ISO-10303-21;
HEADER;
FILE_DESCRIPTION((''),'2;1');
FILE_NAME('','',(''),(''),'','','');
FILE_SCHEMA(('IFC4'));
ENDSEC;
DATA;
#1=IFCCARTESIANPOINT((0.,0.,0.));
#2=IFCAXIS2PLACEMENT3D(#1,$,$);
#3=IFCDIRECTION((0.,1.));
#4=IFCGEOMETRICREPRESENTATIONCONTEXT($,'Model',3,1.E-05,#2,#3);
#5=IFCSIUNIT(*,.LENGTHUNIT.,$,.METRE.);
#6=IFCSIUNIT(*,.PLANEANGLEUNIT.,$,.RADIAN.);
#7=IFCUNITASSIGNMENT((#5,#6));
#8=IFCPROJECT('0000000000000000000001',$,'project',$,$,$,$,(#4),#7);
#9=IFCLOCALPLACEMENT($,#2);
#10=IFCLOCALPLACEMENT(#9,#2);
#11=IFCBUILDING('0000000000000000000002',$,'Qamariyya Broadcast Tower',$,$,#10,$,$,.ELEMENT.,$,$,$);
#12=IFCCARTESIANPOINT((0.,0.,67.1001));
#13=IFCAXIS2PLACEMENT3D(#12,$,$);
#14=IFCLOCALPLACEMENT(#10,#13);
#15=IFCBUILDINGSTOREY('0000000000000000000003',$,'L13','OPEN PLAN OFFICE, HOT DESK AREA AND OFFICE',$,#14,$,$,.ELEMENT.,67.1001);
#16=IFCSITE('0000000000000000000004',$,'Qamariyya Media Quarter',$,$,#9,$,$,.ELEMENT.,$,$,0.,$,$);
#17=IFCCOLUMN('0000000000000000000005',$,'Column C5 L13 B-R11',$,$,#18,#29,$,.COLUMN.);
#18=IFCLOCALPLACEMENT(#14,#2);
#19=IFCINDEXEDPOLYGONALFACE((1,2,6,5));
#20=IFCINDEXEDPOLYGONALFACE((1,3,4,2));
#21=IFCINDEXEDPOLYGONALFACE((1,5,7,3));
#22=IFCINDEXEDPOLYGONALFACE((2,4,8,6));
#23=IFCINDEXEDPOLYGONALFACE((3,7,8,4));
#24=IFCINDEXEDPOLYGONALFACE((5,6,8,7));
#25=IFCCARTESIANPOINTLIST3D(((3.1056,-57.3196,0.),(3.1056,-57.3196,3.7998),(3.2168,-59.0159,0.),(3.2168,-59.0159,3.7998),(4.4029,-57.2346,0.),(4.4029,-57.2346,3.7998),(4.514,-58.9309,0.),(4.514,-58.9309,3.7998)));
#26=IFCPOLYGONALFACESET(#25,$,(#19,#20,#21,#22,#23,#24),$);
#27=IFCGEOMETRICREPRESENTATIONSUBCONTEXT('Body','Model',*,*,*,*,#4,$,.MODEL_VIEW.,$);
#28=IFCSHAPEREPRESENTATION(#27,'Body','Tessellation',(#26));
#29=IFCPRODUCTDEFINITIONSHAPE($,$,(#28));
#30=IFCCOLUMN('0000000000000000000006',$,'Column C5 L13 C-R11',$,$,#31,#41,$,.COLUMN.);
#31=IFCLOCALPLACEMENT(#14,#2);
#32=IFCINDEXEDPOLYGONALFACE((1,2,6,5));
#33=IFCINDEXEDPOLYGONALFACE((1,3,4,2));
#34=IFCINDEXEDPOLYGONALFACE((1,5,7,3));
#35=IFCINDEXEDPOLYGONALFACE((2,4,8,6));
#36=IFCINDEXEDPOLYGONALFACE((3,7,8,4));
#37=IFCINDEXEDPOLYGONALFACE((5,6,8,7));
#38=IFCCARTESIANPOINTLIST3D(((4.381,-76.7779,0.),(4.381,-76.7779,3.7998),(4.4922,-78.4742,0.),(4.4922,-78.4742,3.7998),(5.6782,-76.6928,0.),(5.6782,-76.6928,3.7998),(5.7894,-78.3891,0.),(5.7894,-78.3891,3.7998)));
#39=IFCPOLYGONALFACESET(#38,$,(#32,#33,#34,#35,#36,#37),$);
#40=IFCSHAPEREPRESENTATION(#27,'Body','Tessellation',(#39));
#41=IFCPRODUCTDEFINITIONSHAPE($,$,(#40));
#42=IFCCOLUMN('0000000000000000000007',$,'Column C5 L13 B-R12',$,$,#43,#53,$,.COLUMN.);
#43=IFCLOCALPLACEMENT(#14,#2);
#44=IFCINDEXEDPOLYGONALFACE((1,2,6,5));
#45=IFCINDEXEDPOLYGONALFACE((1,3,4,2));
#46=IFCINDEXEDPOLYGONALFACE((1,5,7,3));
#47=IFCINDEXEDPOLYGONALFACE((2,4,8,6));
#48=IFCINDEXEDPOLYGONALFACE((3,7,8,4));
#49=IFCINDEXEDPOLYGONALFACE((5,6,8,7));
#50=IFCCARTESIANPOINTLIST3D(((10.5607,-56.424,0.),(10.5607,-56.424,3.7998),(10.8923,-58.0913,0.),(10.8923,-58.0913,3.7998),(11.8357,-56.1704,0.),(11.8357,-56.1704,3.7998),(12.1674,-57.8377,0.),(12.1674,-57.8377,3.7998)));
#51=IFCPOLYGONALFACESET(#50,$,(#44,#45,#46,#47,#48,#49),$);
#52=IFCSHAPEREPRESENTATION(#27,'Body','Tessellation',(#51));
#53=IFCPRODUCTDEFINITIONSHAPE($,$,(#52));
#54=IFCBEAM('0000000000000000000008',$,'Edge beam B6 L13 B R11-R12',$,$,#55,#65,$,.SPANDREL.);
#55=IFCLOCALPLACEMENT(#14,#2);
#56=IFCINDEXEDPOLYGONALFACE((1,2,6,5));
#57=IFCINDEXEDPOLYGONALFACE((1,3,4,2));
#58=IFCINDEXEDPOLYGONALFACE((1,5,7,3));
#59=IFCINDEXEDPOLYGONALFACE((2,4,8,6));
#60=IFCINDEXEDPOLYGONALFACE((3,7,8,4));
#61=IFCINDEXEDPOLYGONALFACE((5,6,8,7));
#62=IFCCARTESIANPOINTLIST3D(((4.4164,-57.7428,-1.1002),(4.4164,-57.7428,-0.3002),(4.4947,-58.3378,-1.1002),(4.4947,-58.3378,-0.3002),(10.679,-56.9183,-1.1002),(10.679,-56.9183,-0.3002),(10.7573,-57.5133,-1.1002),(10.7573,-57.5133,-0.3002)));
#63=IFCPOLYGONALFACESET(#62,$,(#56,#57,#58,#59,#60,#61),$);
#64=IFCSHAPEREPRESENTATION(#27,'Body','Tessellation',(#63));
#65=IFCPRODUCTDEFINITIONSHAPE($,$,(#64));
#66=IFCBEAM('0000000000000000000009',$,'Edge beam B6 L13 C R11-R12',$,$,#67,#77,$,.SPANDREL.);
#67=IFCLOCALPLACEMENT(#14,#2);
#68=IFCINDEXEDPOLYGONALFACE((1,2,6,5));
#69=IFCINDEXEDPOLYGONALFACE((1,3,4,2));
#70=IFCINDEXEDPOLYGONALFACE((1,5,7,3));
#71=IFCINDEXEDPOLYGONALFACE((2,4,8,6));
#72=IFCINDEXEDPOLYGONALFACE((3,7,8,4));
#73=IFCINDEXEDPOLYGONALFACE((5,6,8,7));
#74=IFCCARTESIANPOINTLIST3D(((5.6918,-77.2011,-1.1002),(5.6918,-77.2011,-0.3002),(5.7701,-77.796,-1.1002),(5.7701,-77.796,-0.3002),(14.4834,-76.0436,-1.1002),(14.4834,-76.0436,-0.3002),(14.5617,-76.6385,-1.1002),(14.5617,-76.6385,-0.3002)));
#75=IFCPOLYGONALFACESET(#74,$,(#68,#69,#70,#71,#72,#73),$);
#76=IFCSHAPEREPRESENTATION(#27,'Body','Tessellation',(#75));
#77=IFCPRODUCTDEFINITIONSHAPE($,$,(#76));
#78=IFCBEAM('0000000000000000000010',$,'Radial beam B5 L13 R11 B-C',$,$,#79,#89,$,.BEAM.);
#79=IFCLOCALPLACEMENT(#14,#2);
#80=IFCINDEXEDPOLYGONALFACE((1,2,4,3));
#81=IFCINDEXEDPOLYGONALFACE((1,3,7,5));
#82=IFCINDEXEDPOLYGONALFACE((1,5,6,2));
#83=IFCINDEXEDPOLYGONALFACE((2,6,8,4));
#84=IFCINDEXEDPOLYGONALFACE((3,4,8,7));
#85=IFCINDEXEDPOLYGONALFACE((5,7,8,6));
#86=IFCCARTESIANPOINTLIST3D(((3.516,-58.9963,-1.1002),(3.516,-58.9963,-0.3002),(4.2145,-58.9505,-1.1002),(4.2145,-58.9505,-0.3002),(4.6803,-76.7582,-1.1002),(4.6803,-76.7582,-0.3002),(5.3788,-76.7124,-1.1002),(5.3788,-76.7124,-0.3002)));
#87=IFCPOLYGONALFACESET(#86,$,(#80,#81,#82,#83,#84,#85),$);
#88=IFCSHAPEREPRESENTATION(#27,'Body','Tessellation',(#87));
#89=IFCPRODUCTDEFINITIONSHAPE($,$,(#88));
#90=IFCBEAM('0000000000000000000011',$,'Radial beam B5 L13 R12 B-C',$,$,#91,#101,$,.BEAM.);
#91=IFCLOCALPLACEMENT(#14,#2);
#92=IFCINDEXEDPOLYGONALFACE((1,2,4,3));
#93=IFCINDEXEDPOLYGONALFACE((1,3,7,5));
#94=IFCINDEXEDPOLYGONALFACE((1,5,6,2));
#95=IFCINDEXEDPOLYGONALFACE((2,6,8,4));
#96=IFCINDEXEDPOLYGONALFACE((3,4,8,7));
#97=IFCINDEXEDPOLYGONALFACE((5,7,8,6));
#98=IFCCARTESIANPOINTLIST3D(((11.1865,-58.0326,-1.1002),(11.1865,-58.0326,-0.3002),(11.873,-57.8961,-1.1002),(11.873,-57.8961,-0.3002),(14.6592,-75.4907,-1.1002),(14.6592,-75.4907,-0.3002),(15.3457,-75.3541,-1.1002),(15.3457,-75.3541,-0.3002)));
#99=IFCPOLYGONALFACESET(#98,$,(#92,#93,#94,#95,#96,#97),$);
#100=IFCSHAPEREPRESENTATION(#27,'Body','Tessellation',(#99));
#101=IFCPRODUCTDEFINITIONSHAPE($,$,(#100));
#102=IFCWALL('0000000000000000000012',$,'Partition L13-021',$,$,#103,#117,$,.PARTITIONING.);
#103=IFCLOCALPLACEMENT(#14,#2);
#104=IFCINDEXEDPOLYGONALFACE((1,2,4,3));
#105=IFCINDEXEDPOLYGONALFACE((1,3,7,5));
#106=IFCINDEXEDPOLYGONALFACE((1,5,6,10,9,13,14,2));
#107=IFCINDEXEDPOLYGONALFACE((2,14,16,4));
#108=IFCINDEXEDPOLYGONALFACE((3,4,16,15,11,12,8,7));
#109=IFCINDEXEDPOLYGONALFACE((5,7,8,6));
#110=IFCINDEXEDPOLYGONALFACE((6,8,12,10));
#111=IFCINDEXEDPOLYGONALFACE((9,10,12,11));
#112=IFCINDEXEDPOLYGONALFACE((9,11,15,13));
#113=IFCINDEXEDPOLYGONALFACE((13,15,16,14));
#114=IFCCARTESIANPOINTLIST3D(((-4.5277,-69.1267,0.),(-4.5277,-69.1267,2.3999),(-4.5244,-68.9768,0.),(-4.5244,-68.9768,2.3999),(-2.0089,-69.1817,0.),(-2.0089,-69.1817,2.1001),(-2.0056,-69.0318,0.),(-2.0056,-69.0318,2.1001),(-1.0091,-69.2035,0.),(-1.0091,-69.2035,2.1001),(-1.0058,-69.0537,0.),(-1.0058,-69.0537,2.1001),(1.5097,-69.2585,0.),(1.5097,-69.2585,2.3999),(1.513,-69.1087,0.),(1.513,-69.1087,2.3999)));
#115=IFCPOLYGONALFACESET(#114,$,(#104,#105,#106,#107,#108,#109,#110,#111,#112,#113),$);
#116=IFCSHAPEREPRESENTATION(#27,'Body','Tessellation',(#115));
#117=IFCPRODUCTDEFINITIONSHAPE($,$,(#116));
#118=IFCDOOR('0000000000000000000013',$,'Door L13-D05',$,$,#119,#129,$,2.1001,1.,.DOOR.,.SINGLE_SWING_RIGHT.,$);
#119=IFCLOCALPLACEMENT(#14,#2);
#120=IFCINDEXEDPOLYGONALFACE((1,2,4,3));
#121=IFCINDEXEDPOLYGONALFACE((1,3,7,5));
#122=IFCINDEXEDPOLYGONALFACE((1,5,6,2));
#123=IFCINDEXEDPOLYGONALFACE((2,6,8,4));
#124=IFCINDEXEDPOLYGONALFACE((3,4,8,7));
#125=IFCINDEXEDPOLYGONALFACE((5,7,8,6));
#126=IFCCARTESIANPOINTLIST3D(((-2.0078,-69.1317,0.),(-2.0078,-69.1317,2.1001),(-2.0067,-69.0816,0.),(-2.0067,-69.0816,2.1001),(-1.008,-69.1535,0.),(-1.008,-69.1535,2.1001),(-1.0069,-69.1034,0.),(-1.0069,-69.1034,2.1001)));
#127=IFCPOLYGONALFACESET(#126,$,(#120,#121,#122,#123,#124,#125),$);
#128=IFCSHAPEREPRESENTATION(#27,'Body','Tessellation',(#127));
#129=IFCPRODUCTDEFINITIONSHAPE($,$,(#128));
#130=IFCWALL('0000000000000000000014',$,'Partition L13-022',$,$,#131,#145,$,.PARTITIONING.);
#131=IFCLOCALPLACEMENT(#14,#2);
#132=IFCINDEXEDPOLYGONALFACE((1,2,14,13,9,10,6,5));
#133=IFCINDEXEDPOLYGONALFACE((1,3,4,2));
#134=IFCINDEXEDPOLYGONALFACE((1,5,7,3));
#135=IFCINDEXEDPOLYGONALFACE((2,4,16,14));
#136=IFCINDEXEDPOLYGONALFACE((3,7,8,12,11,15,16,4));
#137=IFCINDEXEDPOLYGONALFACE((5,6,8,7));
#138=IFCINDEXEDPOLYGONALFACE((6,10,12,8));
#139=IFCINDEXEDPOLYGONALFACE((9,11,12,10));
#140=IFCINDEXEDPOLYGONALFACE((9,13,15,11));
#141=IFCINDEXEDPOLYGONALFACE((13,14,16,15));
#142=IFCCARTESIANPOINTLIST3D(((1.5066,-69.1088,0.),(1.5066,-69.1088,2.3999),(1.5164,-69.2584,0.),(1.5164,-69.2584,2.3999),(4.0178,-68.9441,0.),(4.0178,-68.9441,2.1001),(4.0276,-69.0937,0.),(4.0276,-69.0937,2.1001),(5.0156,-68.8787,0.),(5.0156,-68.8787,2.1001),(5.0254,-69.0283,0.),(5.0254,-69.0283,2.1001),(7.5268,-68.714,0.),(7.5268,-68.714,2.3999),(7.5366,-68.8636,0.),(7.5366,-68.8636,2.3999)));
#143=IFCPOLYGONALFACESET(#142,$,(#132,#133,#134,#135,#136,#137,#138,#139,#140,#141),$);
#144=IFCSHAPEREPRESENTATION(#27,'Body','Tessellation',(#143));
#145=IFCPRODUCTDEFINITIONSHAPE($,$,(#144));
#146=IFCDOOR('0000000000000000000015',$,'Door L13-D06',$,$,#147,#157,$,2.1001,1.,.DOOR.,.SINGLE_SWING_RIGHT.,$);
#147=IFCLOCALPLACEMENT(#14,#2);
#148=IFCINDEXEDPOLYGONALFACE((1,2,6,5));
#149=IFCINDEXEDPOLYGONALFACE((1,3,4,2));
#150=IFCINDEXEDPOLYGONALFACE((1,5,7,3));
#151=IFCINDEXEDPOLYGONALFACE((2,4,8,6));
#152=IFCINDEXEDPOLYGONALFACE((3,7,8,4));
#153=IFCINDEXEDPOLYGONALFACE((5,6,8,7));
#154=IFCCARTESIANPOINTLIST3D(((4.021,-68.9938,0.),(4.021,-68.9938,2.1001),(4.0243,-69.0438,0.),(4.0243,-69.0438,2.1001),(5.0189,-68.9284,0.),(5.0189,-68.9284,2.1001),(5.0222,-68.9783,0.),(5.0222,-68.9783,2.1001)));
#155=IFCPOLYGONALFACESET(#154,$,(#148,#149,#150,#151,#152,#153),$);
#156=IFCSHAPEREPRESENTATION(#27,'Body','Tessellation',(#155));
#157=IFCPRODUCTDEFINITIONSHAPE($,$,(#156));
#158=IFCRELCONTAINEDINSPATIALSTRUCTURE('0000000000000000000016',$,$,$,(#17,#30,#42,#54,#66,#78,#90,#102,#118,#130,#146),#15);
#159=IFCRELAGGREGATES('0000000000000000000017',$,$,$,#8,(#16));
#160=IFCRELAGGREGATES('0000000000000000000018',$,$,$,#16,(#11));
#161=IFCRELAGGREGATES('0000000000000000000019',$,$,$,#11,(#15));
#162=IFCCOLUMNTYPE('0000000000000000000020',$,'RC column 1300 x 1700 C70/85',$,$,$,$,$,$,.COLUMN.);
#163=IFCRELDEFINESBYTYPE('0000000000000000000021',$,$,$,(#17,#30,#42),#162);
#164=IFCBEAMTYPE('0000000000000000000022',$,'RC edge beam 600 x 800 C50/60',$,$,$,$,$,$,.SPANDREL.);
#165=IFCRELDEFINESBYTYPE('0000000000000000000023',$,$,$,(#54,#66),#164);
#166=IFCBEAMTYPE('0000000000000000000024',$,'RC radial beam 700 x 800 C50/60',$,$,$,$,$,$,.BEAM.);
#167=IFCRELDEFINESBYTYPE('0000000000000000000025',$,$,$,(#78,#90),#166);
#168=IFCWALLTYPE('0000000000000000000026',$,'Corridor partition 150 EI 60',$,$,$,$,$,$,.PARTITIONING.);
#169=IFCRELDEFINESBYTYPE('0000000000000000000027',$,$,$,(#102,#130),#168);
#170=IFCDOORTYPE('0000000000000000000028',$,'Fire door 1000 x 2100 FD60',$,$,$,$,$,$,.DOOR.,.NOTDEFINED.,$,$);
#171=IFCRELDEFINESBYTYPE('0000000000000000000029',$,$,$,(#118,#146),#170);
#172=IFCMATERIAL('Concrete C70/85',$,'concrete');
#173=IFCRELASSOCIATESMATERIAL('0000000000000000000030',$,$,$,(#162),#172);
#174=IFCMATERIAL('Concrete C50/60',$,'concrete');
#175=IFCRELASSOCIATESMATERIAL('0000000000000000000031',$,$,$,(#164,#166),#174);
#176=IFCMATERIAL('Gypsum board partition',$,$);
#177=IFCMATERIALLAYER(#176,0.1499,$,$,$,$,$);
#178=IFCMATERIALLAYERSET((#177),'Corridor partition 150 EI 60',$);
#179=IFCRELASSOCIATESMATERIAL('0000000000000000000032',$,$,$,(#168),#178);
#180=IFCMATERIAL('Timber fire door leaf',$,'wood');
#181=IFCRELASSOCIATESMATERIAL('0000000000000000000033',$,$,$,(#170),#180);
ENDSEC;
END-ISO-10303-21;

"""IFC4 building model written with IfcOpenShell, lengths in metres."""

from ifc_helpers import new_model, si_unit, direction, frame, frame_2d, origin, origin_2d, place, context, subcontext, project, spatial, rectangle, extrude, material, layer, layer_set, material_profile, profile_set, type_object, element, fill, save


model = new_model("IFC4")

# Units and contexts
model_context = context("Model", 3, precision=1e-05, world=origin(), true_north=direction((0.0, 1.0)))
body_context = subcontext(model_context, "Body", "Model", "MODEL_VIEW")
ifc_project = project(units=[si_unit("LENGTHUNIT", "METRE"), si_unit("PLANEANGLEUNIT", "RADIAN")], contexts=[model_context])

# Site, building, storey
site_placement = place(None, origin())
site = spatial("IfcSite", under=ifc_project, at=site_placement, Name="Qamariyya Media Quarter", CompositionType="ELEMENT", RefElevation=0.0)
building_placement = place(site_placement, origin())
building = spatial("IfcBuilding", under=site, at=building_placement, Name="Qamariyya Broadcast Tower", CompositionType="ELEMENT")
storey_placement = place(building_placement, frame((0.0, 0.0, 67.1001)))
storey = spatial("IfcBuildingStorey", under=building, at=storey_placement, Name="L13", Description="OPEN PLAN OFFICE, HOT DESK AREA AND OFFICE", CompositionType="ELEMENT", Elevation=67.1001)

# Columns
ifc_material_1 = material(Name="Concrete C70/85", Category="concrete")
ifc_material_profile_1 = material_profile(ifc_material_1, rectangle(XDim=1.3, YDim=1.7, at=origin_2d()))
ifc_profile_set_1 = profile_set([ifc_material_profile_1], Name="Concrete C70/85")
column_type = type_object("IfcColumnType", Name="RC column 1300 x 1700 C70/85", PredefinedType="COLUMN", material=ifc_profile_set_1)
for number, where, z_axis, x_axis, name in (
    (1, (3.8098, -58.1252, 0.0), (0.0, 0.0, 1.0), (0.997859, 0.065403, 0.0), "Column C5 L13 B-R11"),
    (2, (5.0852, -77.5835, 0.0), (0.0, 0.0, 1.0), (0.997859, 0.065403, 0.0), "Column C5 L13 C-R11"),
    (3, (11.364, -57.1309, 0.0), (0.0, 0.0, 1.0), (0.980785, 0.19509, 0.0), "Column C5 L13 B-R12"),
):
    element("IfcColumn", number, at=place(storey_placement, frame(where, z_axis=z_axis, x_axis=x_axis)), inside=storey, type_object=column_type, Name=name, PredefinedType="COLUMN", context=body_context, shape_type="SweptSolid", body=[
        extrude(rectangle(XDim=1.3, YDim=1.7, at=origin_2d()), origin(), (0.0, 0.0, 1.0), 3.7998),
    ])

# Beams
ifc_material_2 = material(Name="Concrete C50/60", Category="concrete")
ifc_material_profile_2 = material_profile(ifc_material_2, rectangle(XDim=0.6001, YDim=0.8, at=origin_2d()))
ifc_profile_set_2 = profile_set([ifc_material_profile_2], Name="Concrete C50/60")
beam_type_1 = type_object("IfcBeamType", Name="RC edge beam 600 x 800 C50/60", PredefinedType="SPANDREL", material=ifc_profile_set_2)
beam_1_placement = place(storey_placement, frame((4.4556, -58.0403, -0.7002), z_axis=(0.991446, 0.13052, 0.0), x_axis=(-0.13052, 0.991446, 0.0)))
element("IfcBeam", 4, at=beam_1_placement, inside=storey, type_object=beam_type_1, Name="Edge beam B6 L13 B R11-R12", PredefinedType="SPANDREL", context=body_context, shape_type="SweptSolid", body=[
    extrude(rectangle(XDim=0.6001, YDim=0.8, at=origin_2d()), origin(), (0.0, 0.0, 1.0), 6.3167),
])
beam_2_placement = place(storey_placement, frame((5.731, -77.4985, -0.7002), z_axis=(0.991444, 0.130531, 0.0), x_axis=(-0.130531, 0.991444, 0.0)))
element("IfcBeam", 5, at=beam_2_placement, inside=storey, type_object=beam_type_1, Name="Edge beam B6 L13 C R11-R12", PredefinedType="SPANDREL", context=body_context, shape_type="SweptSolid", body=[
    extrude(rectangle(XDim=0.6001, YDim=0.8, at=origin_2d()), origin(), (0.0, 0.0, 1.0), 8.8674),
])
ifc_material_profile_3 = material_profile(ifc_material_2, rectangle(XDim=0.7, YDim=0.8, at=origin_2d()))
ifc_profile_set_3 = profile_set([ifc_material_profile_3], Name="Concrete C50/60")
beam_type_2 = type_object("IfcBeamType", Name="RC radial beam 700 x 800 C50/60", PredefinedType="BEAM", material=ifc_profile_set_3)
for number, where, z_axis, x_axis, name in (
    (6, (3.8652, -58.9734, -0.7002), (0.06541, -0.997858, 0.0), (0.997858, 0.06541, 0.0), "Radial beam B5 L13 R11 B-C"),
    (7, (11.5298, -57.9644, -0.7002), (0.195093, -0.980785, 0.0), (0.980785, 0.195093, 0.0), "Radial beam B5 L13 R12 B-C"),
):
    element("IfcBeam", number, at=place(storey_placement, frame(where, z_axis=z_axis, x_axis=x_axis)), inside=storey, type_object=beam_type_2, Name=name, PredefinedType="BEAM", context=body_context, shape_type="SweptSolid", body=[
        extrude(rectangle(XDim=0.7, YDim=0.8, at=origin_2d()), origin(), (0.0, 0.0, 1.0), 17.8),
    ])

# Walls, openings, doors
ifc_material_3 = material(Name="Gypsum board partition")
ifc_layer_1 = layer(ifc_material_3, 0.1499)
ifc_layer_set_1 = layer_set([ifc_layer_1], Name="Corridor partition 150 EI 60")
wall_type_1 = type_object("IfcWallType", Name="Corridor partition 150 EI 60", PredefinedType="PARTITIONING", material=ifc_layer_set_1)
wall_1_placement = place(storey_placement, frame((1.5115, -69.1836, 0.0), z_axis=(0.0, 0.0, 1.0), x_axis=(-0.999762, 0.021832, 0.0)))
wall_1 = element("IfcWall", 8, at=wall_1_placement, inside=storey, type_object=wall_type_1, Name="Partition L13-021", PredefinedType="PARTITIONING", context=body_context, shape_type="SweptSolid", body=[
    extrude(rectangle(XDim=6.0388, YDim=0.1499, at=frame_2d((3.0195, 0.0))), origin(), (0.0, 0.0, 1.0), 2.3999),
])
opening_1_placement = place(wall_1_placement, frame((2.5195, 0.0, 0.0)))
opening_1 = element("IfcOpeningElement", 9, at=opening_1_placement, cuts=wall_1, PredefinedType="OPENING", context=body_context, shape_type="SweptSolid", body=[
    extrude(rectangle(XDim=1.0, YDim=2.1001, at=frame_2d((0.5, 1.05))), frame((0.0, 0.085, 0.0), z_axis=(0.0, -1.0, 0.0), x_axis=(1.0, 0.0, 0.0)), (0.0, 0.0, 1.0), 0.1699),
])
ifc_material_4 = material(Name="Timber fire door leaf", Category="wood")
door_type_1 = type_object("IfcDoorType", Name="Fire door 1000 x 2100 FD60", OperationType="NOTDEFINED", PredefinedType="DOOR", material=ifc_material_4)
door_1_placement = place(opening_1_placement, origin())
door_1 = element("IfcDoor", 10, at=door_1_placement, inside=storey, type_object=door_type_1, Name="Door L13-D05", OperationType="SINGLE_SWING_RIGHT", OverallHeight=2.1001, OverallWidth=1.0, PredefinedType="DOOR", context=body_context, shape_type="SweptSolid", body=[
    extrude(rectangle(XDim=1.0, YDim=2.1001, at=frame_2d((0.5, 1.05))), frame((0.0, 0.0249, 0.0), z_axis=(0.0, -1.0, 0.0), x_axis=(1.0, 0.0, 0.0)), (0.0, 0.0, 1.0), 0.05),
])
fill(opening_1, door_1)
wall_2_placement = place(storey_placement, frame((7.5317, -68.7888, 0.0), z_axis=(0.0, 0.0, 1.0), x_axis=(-0.997857, -0.065434, 0.0)))
wall_2 = element("IfcWall", 11, at=wall_2_placement, inside=storey, type_object=wall_type_1, Name="Partition L13-022", PredefinedType="PARTITIONING", context=body_context, shape_type="SweptSolid", body=[
    extrude(rectangle(XDim=6.0332, YDim=0.1499, at=frame_2d((3.0166, 0.0))), origin(), (0.0, 0.0, 1.0), 2.3999),
])
opening_2_placement = place(wall_2_placement, frame((2.5166, 0.0, 0.0)))
opening_2 = element("IfcOpeningElement", 12, at=opening_2_placement, cuts=wall_2, PredefinedType="OPENING", context=body_context, shape_type="SweptSolid", body=[
    extrude(rectangle(XDim=1.0, YDim=2.1001, at=frame_2d((0.5, 1.05))), frame((0.0, 0.085, 0.0), z_axis=(0.0, -1.0, 0.0), x_axis=(1.0, 0.0, 0.0)), (0.0, 0.0, 1.0), 0.1699),
])
door_2_placement = place(opening_2_placement, origin())
door_2 = element("IfcDoor", 13, at=door_2_placement, inside=storey, type_object=door_type_1, Name="Door L13-D06", OperationType="SINGLE_SWING_RIGHT", OverallHeight=2.1001, OverallWidth=1.0, PredefinedType="DOOR", context=body_context, shape_type="SweptSolid", body=[
    extrude(rectangle(XDim=1.0, YDim=2.1001, at=frame_2d((0.5, 1.05))), frame((0.0, 0.0249, 0.0), z_axis=(0.0, -1.0, 0.0), x_axis=(1.0, 0.0, 0.0)), (0.0, 0.0, 1.0), 0.05),
])
fill(opening_2, door_2)

save(model, "model.ifc")
